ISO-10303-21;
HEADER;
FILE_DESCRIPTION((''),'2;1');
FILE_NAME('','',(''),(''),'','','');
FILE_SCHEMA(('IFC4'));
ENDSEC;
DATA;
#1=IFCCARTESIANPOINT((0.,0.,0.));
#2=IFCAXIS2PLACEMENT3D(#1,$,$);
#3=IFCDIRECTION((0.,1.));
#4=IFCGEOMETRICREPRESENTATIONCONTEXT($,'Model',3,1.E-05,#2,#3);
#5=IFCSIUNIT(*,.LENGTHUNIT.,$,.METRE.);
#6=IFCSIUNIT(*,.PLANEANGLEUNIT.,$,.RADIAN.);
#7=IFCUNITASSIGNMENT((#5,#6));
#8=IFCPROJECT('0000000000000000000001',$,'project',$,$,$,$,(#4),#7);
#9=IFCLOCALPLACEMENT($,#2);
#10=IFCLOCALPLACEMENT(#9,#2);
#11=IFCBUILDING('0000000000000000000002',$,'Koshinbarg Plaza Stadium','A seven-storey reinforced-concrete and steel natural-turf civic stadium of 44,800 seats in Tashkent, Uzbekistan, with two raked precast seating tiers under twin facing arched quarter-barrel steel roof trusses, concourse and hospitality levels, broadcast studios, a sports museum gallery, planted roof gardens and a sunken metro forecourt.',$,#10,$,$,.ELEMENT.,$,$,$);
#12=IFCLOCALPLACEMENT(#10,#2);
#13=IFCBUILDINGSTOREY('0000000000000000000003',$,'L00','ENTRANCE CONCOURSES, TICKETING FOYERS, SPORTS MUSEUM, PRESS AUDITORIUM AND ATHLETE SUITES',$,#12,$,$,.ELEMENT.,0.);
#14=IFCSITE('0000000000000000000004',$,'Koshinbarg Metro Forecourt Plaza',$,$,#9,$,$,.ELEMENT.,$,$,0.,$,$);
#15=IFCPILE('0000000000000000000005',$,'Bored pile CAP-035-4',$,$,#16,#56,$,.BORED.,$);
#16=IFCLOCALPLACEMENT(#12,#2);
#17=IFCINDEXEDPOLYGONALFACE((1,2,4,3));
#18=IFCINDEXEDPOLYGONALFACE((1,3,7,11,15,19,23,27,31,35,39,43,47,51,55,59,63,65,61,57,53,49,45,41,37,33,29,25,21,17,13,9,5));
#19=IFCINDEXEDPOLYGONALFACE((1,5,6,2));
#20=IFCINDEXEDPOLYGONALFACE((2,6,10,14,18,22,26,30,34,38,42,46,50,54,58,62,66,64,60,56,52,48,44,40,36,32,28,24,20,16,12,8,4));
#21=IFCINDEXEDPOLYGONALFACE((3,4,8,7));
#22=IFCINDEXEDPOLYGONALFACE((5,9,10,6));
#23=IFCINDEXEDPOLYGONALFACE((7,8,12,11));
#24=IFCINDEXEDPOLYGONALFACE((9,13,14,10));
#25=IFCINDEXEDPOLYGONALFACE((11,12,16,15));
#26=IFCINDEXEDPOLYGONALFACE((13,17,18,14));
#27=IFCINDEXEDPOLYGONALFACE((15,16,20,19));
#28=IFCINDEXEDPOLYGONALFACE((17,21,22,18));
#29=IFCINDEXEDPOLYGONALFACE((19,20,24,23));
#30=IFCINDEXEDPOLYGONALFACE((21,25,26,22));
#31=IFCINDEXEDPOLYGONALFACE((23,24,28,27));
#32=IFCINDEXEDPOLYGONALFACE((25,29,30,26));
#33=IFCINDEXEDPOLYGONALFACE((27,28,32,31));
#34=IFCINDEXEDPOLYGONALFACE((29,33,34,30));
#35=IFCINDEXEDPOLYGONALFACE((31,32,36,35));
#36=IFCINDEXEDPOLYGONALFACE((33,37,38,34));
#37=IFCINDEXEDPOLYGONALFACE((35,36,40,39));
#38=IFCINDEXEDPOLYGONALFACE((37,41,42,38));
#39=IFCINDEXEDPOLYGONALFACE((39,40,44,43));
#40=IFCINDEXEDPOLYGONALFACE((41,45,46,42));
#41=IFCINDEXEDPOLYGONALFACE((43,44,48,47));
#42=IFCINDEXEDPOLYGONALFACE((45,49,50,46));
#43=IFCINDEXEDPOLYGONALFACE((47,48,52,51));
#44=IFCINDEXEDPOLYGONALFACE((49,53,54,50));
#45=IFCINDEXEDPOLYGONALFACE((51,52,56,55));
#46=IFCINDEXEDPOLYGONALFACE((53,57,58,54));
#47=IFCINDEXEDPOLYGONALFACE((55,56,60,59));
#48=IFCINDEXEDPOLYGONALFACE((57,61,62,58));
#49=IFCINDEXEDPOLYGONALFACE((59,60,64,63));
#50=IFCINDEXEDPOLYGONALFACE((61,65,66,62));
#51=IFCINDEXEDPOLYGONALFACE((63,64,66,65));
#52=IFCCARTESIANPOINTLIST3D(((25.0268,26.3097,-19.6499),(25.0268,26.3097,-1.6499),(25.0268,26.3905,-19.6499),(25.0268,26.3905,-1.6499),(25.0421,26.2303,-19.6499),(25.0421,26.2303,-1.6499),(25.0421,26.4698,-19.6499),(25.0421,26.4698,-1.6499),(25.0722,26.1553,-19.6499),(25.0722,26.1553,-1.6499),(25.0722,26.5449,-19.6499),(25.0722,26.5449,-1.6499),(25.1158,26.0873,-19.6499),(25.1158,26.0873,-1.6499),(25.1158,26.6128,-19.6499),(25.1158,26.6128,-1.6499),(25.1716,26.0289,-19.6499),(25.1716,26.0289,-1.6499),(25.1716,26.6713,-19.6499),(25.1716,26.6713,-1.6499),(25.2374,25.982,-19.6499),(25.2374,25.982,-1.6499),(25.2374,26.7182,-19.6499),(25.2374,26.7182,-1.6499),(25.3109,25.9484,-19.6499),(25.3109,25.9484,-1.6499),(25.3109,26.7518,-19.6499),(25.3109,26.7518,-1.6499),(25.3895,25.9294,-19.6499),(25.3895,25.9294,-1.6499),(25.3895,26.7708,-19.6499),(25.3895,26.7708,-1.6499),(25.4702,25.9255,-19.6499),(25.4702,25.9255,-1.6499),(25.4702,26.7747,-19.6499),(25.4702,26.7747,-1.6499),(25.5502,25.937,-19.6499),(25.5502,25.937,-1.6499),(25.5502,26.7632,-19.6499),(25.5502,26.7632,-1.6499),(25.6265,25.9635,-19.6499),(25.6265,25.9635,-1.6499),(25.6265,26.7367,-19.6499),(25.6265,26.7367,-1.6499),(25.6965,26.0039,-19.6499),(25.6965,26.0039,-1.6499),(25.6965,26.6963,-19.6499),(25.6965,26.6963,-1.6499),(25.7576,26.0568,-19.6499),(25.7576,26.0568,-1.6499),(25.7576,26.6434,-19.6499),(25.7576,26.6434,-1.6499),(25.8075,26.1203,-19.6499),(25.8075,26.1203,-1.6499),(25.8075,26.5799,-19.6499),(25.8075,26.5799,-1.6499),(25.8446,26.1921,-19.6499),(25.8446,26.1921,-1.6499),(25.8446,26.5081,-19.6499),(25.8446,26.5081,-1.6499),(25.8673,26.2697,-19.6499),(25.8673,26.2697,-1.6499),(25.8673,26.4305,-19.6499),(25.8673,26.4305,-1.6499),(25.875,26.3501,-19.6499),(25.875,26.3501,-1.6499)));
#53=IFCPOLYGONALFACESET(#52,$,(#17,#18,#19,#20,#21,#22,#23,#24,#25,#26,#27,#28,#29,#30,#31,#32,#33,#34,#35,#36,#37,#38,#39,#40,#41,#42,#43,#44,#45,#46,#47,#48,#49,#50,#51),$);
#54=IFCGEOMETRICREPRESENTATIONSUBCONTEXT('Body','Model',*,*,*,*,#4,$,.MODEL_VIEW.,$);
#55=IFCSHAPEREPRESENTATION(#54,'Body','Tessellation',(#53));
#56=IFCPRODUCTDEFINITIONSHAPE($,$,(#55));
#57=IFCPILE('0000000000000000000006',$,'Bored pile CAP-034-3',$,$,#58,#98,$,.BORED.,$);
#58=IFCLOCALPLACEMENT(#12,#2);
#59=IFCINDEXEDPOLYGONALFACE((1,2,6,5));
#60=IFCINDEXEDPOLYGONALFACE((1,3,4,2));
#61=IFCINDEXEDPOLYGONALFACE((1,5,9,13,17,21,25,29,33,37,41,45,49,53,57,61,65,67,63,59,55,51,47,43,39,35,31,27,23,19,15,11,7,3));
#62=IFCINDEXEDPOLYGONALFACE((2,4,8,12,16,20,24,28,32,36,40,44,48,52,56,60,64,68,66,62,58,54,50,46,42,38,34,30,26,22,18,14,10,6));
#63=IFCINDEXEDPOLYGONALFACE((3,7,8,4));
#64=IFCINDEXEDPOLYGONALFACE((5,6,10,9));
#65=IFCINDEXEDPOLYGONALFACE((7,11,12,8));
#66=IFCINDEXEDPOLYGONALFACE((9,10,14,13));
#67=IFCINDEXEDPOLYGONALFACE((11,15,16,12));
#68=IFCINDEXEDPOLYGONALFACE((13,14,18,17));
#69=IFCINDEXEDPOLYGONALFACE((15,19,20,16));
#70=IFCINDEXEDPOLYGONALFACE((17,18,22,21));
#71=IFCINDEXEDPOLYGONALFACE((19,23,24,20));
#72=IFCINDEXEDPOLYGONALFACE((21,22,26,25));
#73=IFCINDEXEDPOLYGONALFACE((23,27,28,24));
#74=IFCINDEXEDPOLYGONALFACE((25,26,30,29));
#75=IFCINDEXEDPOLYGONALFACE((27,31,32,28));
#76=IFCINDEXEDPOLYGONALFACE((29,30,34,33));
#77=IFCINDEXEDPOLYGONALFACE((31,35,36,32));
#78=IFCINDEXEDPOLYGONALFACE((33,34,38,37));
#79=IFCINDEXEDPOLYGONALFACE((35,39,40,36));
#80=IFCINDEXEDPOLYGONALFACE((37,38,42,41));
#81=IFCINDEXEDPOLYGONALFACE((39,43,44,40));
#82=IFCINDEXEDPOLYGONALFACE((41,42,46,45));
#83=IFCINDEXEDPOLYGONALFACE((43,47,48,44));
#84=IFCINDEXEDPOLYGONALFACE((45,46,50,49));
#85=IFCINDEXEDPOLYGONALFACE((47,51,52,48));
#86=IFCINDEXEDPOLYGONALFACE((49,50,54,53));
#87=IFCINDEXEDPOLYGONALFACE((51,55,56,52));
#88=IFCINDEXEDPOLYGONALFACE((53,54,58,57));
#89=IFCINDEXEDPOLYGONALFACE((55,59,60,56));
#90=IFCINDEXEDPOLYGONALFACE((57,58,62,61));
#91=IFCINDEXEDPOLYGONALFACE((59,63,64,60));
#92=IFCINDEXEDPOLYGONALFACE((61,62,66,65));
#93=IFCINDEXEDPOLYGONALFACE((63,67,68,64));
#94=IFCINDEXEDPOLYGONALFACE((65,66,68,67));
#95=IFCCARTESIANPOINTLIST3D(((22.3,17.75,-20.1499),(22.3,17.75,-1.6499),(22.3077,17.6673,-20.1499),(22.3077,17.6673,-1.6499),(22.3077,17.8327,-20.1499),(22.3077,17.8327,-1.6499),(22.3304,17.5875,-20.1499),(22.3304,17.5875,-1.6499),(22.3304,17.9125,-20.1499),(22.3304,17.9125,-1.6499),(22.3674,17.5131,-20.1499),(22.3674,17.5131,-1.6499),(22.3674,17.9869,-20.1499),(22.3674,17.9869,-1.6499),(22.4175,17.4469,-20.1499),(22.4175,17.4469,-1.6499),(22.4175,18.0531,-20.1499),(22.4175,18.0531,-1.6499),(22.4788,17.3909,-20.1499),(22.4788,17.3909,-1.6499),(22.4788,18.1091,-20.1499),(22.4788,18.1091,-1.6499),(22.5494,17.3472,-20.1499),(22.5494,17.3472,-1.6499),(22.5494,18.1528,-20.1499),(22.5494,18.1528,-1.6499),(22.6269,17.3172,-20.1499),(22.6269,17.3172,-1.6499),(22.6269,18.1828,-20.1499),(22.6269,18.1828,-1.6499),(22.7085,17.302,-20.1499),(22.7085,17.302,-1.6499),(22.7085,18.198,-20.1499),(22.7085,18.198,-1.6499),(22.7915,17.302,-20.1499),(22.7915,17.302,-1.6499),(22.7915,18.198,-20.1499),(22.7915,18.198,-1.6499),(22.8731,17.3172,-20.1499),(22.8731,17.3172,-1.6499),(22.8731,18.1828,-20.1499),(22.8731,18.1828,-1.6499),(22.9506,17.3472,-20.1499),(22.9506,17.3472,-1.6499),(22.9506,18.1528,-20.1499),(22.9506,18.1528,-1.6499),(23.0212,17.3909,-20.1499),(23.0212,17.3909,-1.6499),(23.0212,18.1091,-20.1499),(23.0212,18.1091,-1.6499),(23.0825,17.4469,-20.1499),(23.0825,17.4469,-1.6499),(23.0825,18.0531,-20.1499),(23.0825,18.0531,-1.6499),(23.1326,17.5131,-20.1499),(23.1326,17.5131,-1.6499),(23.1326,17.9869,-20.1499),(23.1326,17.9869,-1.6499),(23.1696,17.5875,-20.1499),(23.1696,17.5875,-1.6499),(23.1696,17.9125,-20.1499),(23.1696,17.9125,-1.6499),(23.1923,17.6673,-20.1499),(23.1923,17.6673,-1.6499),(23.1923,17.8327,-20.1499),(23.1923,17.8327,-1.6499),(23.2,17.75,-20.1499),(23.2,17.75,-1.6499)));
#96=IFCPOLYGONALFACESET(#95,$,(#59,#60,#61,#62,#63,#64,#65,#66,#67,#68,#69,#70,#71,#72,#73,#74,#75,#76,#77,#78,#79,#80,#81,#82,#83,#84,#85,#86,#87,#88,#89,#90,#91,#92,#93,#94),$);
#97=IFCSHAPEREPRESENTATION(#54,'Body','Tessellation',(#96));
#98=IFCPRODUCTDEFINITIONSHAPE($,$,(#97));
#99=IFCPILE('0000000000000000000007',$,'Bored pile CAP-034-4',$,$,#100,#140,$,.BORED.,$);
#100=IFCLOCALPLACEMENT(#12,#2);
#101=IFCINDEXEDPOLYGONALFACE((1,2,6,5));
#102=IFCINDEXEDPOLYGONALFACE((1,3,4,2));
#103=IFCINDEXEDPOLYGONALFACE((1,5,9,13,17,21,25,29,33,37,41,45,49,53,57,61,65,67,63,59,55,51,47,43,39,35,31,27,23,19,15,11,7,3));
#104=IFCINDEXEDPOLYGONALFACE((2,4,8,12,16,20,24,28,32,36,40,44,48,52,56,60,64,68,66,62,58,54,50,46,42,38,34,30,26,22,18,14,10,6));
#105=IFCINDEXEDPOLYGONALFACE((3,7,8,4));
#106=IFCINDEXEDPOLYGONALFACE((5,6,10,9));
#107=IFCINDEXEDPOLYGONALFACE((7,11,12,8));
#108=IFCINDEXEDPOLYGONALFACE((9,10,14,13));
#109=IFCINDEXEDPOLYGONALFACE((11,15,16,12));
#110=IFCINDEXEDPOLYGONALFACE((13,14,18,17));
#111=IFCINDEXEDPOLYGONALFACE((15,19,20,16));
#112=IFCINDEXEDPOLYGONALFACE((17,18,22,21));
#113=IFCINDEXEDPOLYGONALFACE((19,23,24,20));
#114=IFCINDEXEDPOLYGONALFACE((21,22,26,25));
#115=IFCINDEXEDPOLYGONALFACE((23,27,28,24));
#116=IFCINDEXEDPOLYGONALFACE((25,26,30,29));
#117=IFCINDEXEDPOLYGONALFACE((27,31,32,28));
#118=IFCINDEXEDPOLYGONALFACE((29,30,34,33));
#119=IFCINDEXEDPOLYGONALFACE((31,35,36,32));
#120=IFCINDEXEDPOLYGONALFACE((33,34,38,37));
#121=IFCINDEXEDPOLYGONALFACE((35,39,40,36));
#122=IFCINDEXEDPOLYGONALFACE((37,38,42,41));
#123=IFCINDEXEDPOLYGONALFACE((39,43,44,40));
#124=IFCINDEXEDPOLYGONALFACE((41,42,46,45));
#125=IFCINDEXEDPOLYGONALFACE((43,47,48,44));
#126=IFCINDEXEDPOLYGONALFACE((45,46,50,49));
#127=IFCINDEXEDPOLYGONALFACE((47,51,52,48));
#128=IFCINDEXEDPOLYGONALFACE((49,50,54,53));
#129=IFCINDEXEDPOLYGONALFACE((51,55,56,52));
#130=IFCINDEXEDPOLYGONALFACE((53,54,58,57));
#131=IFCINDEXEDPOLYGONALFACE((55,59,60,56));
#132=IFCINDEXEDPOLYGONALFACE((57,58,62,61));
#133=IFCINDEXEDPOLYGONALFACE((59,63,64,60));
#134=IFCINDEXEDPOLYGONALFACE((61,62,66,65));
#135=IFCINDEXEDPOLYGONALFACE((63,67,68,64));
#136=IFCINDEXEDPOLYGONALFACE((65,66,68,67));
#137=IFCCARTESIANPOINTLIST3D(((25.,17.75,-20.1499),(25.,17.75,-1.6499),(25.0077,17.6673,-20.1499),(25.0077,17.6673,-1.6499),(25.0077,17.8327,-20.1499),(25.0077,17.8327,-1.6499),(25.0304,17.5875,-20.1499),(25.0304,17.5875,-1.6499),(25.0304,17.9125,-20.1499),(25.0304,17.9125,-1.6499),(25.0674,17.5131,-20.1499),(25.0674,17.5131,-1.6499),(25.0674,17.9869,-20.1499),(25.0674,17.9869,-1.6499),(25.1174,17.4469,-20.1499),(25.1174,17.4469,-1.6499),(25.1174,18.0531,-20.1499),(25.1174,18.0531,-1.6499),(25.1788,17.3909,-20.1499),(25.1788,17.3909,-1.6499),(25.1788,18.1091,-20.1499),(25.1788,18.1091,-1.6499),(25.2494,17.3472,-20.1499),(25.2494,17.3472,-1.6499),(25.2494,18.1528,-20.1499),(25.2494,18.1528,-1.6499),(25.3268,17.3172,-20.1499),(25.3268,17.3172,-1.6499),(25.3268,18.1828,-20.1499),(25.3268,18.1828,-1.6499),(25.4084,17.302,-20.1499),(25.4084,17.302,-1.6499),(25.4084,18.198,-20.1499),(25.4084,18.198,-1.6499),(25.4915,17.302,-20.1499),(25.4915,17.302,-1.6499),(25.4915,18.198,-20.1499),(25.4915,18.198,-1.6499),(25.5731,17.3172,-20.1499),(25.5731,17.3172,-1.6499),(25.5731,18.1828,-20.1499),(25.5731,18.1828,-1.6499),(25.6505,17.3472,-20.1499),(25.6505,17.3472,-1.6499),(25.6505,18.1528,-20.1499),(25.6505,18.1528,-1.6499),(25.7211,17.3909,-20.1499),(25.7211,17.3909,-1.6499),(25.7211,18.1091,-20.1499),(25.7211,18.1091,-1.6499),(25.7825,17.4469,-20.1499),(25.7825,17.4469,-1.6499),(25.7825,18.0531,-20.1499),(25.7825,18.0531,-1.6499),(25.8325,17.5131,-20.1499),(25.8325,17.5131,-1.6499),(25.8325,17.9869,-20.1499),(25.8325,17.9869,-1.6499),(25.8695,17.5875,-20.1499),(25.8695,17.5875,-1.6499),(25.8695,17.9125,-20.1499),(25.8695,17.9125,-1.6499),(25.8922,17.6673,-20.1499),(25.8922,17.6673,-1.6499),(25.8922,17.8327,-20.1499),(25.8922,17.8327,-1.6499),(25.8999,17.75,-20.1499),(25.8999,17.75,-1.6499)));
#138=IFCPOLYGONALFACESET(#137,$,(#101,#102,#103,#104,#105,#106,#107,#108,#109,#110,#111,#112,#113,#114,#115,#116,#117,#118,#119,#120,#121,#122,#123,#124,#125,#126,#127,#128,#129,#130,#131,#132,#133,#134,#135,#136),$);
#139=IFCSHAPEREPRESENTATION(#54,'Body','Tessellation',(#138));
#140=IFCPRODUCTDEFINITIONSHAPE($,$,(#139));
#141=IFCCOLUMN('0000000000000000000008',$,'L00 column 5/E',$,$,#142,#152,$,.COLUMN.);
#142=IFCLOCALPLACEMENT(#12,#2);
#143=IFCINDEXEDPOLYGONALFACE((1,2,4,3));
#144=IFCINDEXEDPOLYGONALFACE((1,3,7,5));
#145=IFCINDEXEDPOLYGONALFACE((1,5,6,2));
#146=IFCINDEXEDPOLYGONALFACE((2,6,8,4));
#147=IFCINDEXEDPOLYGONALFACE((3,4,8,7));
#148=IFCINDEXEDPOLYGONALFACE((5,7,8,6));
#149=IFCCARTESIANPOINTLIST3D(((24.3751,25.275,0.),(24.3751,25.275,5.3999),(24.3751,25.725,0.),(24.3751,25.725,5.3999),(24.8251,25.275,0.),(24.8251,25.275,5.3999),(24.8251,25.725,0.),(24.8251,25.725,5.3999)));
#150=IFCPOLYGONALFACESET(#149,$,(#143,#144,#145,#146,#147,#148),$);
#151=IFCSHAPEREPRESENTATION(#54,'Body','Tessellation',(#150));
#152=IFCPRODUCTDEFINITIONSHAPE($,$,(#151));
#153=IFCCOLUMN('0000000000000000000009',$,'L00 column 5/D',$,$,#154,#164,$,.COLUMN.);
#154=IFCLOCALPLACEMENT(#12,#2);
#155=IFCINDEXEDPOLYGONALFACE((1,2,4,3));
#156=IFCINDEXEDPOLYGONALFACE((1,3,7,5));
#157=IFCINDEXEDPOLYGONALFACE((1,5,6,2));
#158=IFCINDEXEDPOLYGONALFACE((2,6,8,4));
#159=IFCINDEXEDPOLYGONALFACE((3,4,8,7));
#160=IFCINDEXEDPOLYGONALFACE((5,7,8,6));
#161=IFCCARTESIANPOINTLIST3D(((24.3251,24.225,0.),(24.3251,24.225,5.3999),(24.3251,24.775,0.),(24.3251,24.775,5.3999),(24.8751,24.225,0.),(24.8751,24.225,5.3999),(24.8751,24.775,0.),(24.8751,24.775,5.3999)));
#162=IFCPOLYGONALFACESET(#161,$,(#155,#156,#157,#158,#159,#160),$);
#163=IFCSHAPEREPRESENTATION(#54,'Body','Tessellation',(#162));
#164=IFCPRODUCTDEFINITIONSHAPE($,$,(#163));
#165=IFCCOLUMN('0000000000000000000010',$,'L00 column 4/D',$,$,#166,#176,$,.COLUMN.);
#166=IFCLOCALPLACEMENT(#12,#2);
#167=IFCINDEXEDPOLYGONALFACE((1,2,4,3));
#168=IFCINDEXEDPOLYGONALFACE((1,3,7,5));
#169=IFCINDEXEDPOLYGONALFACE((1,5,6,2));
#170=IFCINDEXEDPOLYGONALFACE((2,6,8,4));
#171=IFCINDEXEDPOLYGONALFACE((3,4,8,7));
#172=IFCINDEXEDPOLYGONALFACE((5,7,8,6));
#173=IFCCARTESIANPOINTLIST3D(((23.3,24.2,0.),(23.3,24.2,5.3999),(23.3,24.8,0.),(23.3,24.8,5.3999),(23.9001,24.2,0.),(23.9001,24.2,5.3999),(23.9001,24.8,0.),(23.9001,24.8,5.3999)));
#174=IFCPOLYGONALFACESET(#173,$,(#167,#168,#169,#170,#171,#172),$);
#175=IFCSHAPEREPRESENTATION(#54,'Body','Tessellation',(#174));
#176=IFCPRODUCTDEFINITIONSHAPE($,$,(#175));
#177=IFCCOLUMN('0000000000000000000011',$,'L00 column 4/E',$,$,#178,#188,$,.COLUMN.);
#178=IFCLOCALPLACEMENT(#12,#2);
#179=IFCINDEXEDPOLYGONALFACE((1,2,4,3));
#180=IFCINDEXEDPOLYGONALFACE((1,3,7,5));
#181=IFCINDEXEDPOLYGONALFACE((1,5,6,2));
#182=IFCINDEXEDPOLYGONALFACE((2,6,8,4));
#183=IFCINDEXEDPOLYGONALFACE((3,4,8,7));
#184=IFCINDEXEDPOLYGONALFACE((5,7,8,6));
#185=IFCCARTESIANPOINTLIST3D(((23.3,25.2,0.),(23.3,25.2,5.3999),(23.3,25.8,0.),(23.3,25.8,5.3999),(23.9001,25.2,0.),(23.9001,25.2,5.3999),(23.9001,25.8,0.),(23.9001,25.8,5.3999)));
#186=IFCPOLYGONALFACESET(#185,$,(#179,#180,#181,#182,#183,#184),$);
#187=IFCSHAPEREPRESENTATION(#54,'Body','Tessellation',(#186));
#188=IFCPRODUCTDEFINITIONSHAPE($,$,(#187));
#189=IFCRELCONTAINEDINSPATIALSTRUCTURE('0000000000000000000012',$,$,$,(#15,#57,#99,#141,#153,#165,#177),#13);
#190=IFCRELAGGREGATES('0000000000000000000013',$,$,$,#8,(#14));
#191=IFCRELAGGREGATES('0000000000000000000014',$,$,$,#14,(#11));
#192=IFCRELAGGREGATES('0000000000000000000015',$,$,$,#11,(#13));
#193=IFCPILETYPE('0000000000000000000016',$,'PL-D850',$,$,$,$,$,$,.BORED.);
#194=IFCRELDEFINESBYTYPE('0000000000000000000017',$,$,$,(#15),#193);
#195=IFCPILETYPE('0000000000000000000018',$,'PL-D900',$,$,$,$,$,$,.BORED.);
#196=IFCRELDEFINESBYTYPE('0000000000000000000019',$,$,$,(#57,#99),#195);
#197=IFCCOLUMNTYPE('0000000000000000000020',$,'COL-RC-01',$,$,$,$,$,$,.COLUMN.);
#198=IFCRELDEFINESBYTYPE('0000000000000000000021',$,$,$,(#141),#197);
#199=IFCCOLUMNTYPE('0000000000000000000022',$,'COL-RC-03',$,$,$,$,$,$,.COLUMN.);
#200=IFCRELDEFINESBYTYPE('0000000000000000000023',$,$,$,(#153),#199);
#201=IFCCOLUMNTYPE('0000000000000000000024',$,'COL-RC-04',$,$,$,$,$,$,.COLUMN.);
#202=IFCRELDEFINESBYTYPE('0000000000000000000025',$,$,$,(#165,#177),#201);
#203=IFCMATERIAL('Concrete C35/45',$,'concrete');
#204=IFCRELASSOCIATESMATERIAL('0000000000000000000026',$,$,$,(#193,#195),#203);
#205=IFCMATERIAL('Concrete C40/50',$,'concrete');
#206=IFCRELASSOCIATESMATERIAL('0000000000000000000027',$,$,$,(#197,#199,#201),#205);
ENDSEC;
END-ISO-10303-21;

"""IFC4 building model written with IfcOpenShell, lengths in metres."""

from ifc_helpers import new_model, si_unit, direction, frame, origin, origin_2d, place, context, subcontext, project, spatial, rectangle, circle, extrude, material, material_profile, profile_set, type_object, element, save


model = new_model("IFC4")

# Units and contexts
model_context = context("Model", 3, precision=1e-05, world=origin(), true_north=direction((0.0, 1.0)))
body_context = subcontext(model_context, "Body", "Model", "MODEL_VIEW")
ifc_project = project(units=[si_unit("LENGTHUNIT", "METRE"), si_unit("PLANEANGLEUNIT", "RADIAN")], contexts=[model_context])

# Site, building, storey
site_placement = place(None, origin())
site = spatial("IfcSite", under=ifc_project, at=site_placement, Name="Koshinbarg Metro Forecourt Plaza", CompositionType="ELEMENT", RefElevation=0.0)
building_placement = place(site_placement, origin())
building = spatial("IfcBuilding", under=site, at=building_placement, Name="Koshinbarg Plaza Stadium", Description="A seven-storey reinforced-concrete and steel natural-turf civic stadium of 44,800 seats in Tashkent, Uzbekistan, with two raked precast seating tiers under twin facing arched quarter-barrel steel roof trusses, concourse and hospitality levels, broadcast studios, a sports museum gallery, planted roof gardens and a sunken metro forecourt.", CompositionType="ELEMENT")
storey_placement = place(building_placement, origin())
storey = spatial("IfcBuildingStorey", under=building, at=storey_placement, Name="L00", Description="ENTRANCE CONCOURSES, TICKETING FOYERS, SPORTS MUSEUM, PRESS AUDITORIUM AND ATHLETE SUITES", CompositionType="ELEMENT", Elevation=0.0)

# Shared definitions
ifc_material_1 = material(Name="Concrete C35/45", Category="concrete")

# Piles
ifc_material_profile_1 = material_profile(ifc_material_1, circle(Radius=0.425, at=origin_2d()), Name="PILE D850")
ifc_profile_set_1 = profile_set([ifc_material_profile_1], Name="Concrete C35/45")
pile_type_1 = type_object("IfcPileType", Name="PL-D850", PredefinedType="BORED", material=ifc_profile_set_1)
for number, where, z_axis, x_axis, name in (
    (1, (25.45, 26.3501, -1.6499), (0.0, 0.0, -1.0), (1.0, 0.0, 0.0), "Bored pile CAP-035-4"),
):
    element("IfcPile", number, at=place(storey_placement, frame(where, z_axis=z_axis, x_axis=x_axis)), inside=storey, type_object=pile_type_1, Name=name, PredefinedType="BORED", context=body_context, shape_type="SweptSolid", body=[
        extrude(circle(Radius=0.425, at=origin_2d()), origin(), (0.0, 0.0, 1.0), 18.0),
    ])
ifc_material_profile_2 = material_profile(ifc_material_1, circle(Radius=0.45, at=origin_2d()), Name="PILE D900")
ifc_profile_set_2 = profile_set([ifc_material_profile_2], Name="Concrete C35/45")
pile_type_2 = type_object("IfcPileType", Name="PL-D900", PredefinedType="BORED", material=ifc_profile_set_2)
for number, where, z_axis, x_axis, name in (
    (2, (22.75, 17.75, -1.6499), (0.0, 0.0, -1.0), (1.0, 0.0, 0.0), "Bored pile CAP-034-3"),
    (3, (25.45, 17.75, -1.6499), (0.0, 0.0, -1.0), (1.0, 0.0, 0.0), "Bored pile CAP-034-4"),
):
    element("IfcPile", number, at=place(storey_placement, frame(where, z_axis=z_axis, x_axis=x_axis)), inside=storey, type_object=pile_type_2, Name=name, PredefinedType="BORED", context=body_context, shape_type="SweptSolid", body=[
        extrude(circle(Radius=0.45, at=origin_2d()), origin(), (0.0, 0.0, 1.0), 18.5),
    ])

# Columns
ifc_material_2 = material(Name="Concrete C40/50", Category="concrete")
ifc_material_profile_3 = material_profile(ifc_material_2, rectangle(XDim=0.45, YDim=0.45, at=origin_2d()), Name="RC 450x450")
ifc_profile_set_3 = profile_set([ifc_material_profile_3], Name="Concrete C40/50")
column_type_1 = type_object("IfcColumnType", Name="COL-RC-01", PredefinedType="COLUMN", material=ifc_profile_set_3)
column_1_placement = place(storey_placement, frame((24.6001, 25.5, 0.0), z_axis=(0.0, 0.0, 1.0), x_axis=(1.0, 0.0, 0.0)))
element("IfcColumn", 4, at=column_1_placement, inside=storey, type_object=column_type_1, Name="L00 column 5/E", PredefinedType="COLUMN", context=body_context, shape_type="SweptSolid", body=[
    extrude(rectangle(XDim=0.45, YDim=0.45, at=origin_2d()), origin(), (0.0, 0.0, 1.0), 5.3999),
])
ifc_material_profile_4 = material_profile(ifc_material_2, rectangle(XDim=0.55, YDim=0.55, at=origin_2d()), Name="RC 550x550")
ifc_profile_set_4 = profile_set([ifc_material_profile_4], Name="Concrete C40/50")
column_type_2 = type_object("IfcColumnType", Name="COL-RC-03", PredefinedType="COLUMN", material=ifc_profile_set_4)
column_2_placement = place(storey_placement, frame((24.6001, 24.5, 0.0), z_axis=(0.0, 0.0, 1.0), x_axis=(1.0, 0.0, 0.0)))
element("IfcColumn", 5, at=column_2_placement, inside=storey, type_object=column_type_2, Name="L00 column 5/D", PredefinedType="COLUMN", context=body_context, shape_type="SweptSolid", body=[
    extrude(rectangle(XDim=0.55, YDim=0.55, at=origin_2d()), origin(), (0.0, 0.0, 1.0), 5.3999),
])
ifc_material_profile_5 = material_profile(ifc_material_2, rectangle(XDim=0.6001, YDim=0.6001, at=origin_2d()), Name="RC 600x600")
ifc_profile_set_5 = profile_set([ifc_material_profile_5], Name="Concrete C40/50")
column_type_3 = type_object("IfcColumnType", Name="COL-RC-04", PredefinedType="COLUMN", material=ifc_profile_set_5)
for number, where, z_axis, x_axis, name in (
    (6, (23.6001, 24.5, 0.0), (0.0, 0.0, 1.0), (1.0, 0.0, 0.0), "L00 column 4/D"),
    (7, (23.6001, 25.5, 0.0), (0.0, 0.0, 1.0), (1.0, 0.0, 0.0), "L00 column 4/E"),
):
    element("IfcColumn", number, at=place(storey_placement, frame(where, z_axis=z_axis, x_axis=x_axis)), inside=storey, type_object=column_type_3, Name=name, PredefinedType="COLUMN", context=body_context, shape_type="SweptSolid", body=[
        extrude(rectangle(XDim=0.6001, YDim=0.6001, at=origin_2d()), origin(), (0.0, 0.0, 1.0), 5.3999),
    ])

save(model, "model.ifc")
